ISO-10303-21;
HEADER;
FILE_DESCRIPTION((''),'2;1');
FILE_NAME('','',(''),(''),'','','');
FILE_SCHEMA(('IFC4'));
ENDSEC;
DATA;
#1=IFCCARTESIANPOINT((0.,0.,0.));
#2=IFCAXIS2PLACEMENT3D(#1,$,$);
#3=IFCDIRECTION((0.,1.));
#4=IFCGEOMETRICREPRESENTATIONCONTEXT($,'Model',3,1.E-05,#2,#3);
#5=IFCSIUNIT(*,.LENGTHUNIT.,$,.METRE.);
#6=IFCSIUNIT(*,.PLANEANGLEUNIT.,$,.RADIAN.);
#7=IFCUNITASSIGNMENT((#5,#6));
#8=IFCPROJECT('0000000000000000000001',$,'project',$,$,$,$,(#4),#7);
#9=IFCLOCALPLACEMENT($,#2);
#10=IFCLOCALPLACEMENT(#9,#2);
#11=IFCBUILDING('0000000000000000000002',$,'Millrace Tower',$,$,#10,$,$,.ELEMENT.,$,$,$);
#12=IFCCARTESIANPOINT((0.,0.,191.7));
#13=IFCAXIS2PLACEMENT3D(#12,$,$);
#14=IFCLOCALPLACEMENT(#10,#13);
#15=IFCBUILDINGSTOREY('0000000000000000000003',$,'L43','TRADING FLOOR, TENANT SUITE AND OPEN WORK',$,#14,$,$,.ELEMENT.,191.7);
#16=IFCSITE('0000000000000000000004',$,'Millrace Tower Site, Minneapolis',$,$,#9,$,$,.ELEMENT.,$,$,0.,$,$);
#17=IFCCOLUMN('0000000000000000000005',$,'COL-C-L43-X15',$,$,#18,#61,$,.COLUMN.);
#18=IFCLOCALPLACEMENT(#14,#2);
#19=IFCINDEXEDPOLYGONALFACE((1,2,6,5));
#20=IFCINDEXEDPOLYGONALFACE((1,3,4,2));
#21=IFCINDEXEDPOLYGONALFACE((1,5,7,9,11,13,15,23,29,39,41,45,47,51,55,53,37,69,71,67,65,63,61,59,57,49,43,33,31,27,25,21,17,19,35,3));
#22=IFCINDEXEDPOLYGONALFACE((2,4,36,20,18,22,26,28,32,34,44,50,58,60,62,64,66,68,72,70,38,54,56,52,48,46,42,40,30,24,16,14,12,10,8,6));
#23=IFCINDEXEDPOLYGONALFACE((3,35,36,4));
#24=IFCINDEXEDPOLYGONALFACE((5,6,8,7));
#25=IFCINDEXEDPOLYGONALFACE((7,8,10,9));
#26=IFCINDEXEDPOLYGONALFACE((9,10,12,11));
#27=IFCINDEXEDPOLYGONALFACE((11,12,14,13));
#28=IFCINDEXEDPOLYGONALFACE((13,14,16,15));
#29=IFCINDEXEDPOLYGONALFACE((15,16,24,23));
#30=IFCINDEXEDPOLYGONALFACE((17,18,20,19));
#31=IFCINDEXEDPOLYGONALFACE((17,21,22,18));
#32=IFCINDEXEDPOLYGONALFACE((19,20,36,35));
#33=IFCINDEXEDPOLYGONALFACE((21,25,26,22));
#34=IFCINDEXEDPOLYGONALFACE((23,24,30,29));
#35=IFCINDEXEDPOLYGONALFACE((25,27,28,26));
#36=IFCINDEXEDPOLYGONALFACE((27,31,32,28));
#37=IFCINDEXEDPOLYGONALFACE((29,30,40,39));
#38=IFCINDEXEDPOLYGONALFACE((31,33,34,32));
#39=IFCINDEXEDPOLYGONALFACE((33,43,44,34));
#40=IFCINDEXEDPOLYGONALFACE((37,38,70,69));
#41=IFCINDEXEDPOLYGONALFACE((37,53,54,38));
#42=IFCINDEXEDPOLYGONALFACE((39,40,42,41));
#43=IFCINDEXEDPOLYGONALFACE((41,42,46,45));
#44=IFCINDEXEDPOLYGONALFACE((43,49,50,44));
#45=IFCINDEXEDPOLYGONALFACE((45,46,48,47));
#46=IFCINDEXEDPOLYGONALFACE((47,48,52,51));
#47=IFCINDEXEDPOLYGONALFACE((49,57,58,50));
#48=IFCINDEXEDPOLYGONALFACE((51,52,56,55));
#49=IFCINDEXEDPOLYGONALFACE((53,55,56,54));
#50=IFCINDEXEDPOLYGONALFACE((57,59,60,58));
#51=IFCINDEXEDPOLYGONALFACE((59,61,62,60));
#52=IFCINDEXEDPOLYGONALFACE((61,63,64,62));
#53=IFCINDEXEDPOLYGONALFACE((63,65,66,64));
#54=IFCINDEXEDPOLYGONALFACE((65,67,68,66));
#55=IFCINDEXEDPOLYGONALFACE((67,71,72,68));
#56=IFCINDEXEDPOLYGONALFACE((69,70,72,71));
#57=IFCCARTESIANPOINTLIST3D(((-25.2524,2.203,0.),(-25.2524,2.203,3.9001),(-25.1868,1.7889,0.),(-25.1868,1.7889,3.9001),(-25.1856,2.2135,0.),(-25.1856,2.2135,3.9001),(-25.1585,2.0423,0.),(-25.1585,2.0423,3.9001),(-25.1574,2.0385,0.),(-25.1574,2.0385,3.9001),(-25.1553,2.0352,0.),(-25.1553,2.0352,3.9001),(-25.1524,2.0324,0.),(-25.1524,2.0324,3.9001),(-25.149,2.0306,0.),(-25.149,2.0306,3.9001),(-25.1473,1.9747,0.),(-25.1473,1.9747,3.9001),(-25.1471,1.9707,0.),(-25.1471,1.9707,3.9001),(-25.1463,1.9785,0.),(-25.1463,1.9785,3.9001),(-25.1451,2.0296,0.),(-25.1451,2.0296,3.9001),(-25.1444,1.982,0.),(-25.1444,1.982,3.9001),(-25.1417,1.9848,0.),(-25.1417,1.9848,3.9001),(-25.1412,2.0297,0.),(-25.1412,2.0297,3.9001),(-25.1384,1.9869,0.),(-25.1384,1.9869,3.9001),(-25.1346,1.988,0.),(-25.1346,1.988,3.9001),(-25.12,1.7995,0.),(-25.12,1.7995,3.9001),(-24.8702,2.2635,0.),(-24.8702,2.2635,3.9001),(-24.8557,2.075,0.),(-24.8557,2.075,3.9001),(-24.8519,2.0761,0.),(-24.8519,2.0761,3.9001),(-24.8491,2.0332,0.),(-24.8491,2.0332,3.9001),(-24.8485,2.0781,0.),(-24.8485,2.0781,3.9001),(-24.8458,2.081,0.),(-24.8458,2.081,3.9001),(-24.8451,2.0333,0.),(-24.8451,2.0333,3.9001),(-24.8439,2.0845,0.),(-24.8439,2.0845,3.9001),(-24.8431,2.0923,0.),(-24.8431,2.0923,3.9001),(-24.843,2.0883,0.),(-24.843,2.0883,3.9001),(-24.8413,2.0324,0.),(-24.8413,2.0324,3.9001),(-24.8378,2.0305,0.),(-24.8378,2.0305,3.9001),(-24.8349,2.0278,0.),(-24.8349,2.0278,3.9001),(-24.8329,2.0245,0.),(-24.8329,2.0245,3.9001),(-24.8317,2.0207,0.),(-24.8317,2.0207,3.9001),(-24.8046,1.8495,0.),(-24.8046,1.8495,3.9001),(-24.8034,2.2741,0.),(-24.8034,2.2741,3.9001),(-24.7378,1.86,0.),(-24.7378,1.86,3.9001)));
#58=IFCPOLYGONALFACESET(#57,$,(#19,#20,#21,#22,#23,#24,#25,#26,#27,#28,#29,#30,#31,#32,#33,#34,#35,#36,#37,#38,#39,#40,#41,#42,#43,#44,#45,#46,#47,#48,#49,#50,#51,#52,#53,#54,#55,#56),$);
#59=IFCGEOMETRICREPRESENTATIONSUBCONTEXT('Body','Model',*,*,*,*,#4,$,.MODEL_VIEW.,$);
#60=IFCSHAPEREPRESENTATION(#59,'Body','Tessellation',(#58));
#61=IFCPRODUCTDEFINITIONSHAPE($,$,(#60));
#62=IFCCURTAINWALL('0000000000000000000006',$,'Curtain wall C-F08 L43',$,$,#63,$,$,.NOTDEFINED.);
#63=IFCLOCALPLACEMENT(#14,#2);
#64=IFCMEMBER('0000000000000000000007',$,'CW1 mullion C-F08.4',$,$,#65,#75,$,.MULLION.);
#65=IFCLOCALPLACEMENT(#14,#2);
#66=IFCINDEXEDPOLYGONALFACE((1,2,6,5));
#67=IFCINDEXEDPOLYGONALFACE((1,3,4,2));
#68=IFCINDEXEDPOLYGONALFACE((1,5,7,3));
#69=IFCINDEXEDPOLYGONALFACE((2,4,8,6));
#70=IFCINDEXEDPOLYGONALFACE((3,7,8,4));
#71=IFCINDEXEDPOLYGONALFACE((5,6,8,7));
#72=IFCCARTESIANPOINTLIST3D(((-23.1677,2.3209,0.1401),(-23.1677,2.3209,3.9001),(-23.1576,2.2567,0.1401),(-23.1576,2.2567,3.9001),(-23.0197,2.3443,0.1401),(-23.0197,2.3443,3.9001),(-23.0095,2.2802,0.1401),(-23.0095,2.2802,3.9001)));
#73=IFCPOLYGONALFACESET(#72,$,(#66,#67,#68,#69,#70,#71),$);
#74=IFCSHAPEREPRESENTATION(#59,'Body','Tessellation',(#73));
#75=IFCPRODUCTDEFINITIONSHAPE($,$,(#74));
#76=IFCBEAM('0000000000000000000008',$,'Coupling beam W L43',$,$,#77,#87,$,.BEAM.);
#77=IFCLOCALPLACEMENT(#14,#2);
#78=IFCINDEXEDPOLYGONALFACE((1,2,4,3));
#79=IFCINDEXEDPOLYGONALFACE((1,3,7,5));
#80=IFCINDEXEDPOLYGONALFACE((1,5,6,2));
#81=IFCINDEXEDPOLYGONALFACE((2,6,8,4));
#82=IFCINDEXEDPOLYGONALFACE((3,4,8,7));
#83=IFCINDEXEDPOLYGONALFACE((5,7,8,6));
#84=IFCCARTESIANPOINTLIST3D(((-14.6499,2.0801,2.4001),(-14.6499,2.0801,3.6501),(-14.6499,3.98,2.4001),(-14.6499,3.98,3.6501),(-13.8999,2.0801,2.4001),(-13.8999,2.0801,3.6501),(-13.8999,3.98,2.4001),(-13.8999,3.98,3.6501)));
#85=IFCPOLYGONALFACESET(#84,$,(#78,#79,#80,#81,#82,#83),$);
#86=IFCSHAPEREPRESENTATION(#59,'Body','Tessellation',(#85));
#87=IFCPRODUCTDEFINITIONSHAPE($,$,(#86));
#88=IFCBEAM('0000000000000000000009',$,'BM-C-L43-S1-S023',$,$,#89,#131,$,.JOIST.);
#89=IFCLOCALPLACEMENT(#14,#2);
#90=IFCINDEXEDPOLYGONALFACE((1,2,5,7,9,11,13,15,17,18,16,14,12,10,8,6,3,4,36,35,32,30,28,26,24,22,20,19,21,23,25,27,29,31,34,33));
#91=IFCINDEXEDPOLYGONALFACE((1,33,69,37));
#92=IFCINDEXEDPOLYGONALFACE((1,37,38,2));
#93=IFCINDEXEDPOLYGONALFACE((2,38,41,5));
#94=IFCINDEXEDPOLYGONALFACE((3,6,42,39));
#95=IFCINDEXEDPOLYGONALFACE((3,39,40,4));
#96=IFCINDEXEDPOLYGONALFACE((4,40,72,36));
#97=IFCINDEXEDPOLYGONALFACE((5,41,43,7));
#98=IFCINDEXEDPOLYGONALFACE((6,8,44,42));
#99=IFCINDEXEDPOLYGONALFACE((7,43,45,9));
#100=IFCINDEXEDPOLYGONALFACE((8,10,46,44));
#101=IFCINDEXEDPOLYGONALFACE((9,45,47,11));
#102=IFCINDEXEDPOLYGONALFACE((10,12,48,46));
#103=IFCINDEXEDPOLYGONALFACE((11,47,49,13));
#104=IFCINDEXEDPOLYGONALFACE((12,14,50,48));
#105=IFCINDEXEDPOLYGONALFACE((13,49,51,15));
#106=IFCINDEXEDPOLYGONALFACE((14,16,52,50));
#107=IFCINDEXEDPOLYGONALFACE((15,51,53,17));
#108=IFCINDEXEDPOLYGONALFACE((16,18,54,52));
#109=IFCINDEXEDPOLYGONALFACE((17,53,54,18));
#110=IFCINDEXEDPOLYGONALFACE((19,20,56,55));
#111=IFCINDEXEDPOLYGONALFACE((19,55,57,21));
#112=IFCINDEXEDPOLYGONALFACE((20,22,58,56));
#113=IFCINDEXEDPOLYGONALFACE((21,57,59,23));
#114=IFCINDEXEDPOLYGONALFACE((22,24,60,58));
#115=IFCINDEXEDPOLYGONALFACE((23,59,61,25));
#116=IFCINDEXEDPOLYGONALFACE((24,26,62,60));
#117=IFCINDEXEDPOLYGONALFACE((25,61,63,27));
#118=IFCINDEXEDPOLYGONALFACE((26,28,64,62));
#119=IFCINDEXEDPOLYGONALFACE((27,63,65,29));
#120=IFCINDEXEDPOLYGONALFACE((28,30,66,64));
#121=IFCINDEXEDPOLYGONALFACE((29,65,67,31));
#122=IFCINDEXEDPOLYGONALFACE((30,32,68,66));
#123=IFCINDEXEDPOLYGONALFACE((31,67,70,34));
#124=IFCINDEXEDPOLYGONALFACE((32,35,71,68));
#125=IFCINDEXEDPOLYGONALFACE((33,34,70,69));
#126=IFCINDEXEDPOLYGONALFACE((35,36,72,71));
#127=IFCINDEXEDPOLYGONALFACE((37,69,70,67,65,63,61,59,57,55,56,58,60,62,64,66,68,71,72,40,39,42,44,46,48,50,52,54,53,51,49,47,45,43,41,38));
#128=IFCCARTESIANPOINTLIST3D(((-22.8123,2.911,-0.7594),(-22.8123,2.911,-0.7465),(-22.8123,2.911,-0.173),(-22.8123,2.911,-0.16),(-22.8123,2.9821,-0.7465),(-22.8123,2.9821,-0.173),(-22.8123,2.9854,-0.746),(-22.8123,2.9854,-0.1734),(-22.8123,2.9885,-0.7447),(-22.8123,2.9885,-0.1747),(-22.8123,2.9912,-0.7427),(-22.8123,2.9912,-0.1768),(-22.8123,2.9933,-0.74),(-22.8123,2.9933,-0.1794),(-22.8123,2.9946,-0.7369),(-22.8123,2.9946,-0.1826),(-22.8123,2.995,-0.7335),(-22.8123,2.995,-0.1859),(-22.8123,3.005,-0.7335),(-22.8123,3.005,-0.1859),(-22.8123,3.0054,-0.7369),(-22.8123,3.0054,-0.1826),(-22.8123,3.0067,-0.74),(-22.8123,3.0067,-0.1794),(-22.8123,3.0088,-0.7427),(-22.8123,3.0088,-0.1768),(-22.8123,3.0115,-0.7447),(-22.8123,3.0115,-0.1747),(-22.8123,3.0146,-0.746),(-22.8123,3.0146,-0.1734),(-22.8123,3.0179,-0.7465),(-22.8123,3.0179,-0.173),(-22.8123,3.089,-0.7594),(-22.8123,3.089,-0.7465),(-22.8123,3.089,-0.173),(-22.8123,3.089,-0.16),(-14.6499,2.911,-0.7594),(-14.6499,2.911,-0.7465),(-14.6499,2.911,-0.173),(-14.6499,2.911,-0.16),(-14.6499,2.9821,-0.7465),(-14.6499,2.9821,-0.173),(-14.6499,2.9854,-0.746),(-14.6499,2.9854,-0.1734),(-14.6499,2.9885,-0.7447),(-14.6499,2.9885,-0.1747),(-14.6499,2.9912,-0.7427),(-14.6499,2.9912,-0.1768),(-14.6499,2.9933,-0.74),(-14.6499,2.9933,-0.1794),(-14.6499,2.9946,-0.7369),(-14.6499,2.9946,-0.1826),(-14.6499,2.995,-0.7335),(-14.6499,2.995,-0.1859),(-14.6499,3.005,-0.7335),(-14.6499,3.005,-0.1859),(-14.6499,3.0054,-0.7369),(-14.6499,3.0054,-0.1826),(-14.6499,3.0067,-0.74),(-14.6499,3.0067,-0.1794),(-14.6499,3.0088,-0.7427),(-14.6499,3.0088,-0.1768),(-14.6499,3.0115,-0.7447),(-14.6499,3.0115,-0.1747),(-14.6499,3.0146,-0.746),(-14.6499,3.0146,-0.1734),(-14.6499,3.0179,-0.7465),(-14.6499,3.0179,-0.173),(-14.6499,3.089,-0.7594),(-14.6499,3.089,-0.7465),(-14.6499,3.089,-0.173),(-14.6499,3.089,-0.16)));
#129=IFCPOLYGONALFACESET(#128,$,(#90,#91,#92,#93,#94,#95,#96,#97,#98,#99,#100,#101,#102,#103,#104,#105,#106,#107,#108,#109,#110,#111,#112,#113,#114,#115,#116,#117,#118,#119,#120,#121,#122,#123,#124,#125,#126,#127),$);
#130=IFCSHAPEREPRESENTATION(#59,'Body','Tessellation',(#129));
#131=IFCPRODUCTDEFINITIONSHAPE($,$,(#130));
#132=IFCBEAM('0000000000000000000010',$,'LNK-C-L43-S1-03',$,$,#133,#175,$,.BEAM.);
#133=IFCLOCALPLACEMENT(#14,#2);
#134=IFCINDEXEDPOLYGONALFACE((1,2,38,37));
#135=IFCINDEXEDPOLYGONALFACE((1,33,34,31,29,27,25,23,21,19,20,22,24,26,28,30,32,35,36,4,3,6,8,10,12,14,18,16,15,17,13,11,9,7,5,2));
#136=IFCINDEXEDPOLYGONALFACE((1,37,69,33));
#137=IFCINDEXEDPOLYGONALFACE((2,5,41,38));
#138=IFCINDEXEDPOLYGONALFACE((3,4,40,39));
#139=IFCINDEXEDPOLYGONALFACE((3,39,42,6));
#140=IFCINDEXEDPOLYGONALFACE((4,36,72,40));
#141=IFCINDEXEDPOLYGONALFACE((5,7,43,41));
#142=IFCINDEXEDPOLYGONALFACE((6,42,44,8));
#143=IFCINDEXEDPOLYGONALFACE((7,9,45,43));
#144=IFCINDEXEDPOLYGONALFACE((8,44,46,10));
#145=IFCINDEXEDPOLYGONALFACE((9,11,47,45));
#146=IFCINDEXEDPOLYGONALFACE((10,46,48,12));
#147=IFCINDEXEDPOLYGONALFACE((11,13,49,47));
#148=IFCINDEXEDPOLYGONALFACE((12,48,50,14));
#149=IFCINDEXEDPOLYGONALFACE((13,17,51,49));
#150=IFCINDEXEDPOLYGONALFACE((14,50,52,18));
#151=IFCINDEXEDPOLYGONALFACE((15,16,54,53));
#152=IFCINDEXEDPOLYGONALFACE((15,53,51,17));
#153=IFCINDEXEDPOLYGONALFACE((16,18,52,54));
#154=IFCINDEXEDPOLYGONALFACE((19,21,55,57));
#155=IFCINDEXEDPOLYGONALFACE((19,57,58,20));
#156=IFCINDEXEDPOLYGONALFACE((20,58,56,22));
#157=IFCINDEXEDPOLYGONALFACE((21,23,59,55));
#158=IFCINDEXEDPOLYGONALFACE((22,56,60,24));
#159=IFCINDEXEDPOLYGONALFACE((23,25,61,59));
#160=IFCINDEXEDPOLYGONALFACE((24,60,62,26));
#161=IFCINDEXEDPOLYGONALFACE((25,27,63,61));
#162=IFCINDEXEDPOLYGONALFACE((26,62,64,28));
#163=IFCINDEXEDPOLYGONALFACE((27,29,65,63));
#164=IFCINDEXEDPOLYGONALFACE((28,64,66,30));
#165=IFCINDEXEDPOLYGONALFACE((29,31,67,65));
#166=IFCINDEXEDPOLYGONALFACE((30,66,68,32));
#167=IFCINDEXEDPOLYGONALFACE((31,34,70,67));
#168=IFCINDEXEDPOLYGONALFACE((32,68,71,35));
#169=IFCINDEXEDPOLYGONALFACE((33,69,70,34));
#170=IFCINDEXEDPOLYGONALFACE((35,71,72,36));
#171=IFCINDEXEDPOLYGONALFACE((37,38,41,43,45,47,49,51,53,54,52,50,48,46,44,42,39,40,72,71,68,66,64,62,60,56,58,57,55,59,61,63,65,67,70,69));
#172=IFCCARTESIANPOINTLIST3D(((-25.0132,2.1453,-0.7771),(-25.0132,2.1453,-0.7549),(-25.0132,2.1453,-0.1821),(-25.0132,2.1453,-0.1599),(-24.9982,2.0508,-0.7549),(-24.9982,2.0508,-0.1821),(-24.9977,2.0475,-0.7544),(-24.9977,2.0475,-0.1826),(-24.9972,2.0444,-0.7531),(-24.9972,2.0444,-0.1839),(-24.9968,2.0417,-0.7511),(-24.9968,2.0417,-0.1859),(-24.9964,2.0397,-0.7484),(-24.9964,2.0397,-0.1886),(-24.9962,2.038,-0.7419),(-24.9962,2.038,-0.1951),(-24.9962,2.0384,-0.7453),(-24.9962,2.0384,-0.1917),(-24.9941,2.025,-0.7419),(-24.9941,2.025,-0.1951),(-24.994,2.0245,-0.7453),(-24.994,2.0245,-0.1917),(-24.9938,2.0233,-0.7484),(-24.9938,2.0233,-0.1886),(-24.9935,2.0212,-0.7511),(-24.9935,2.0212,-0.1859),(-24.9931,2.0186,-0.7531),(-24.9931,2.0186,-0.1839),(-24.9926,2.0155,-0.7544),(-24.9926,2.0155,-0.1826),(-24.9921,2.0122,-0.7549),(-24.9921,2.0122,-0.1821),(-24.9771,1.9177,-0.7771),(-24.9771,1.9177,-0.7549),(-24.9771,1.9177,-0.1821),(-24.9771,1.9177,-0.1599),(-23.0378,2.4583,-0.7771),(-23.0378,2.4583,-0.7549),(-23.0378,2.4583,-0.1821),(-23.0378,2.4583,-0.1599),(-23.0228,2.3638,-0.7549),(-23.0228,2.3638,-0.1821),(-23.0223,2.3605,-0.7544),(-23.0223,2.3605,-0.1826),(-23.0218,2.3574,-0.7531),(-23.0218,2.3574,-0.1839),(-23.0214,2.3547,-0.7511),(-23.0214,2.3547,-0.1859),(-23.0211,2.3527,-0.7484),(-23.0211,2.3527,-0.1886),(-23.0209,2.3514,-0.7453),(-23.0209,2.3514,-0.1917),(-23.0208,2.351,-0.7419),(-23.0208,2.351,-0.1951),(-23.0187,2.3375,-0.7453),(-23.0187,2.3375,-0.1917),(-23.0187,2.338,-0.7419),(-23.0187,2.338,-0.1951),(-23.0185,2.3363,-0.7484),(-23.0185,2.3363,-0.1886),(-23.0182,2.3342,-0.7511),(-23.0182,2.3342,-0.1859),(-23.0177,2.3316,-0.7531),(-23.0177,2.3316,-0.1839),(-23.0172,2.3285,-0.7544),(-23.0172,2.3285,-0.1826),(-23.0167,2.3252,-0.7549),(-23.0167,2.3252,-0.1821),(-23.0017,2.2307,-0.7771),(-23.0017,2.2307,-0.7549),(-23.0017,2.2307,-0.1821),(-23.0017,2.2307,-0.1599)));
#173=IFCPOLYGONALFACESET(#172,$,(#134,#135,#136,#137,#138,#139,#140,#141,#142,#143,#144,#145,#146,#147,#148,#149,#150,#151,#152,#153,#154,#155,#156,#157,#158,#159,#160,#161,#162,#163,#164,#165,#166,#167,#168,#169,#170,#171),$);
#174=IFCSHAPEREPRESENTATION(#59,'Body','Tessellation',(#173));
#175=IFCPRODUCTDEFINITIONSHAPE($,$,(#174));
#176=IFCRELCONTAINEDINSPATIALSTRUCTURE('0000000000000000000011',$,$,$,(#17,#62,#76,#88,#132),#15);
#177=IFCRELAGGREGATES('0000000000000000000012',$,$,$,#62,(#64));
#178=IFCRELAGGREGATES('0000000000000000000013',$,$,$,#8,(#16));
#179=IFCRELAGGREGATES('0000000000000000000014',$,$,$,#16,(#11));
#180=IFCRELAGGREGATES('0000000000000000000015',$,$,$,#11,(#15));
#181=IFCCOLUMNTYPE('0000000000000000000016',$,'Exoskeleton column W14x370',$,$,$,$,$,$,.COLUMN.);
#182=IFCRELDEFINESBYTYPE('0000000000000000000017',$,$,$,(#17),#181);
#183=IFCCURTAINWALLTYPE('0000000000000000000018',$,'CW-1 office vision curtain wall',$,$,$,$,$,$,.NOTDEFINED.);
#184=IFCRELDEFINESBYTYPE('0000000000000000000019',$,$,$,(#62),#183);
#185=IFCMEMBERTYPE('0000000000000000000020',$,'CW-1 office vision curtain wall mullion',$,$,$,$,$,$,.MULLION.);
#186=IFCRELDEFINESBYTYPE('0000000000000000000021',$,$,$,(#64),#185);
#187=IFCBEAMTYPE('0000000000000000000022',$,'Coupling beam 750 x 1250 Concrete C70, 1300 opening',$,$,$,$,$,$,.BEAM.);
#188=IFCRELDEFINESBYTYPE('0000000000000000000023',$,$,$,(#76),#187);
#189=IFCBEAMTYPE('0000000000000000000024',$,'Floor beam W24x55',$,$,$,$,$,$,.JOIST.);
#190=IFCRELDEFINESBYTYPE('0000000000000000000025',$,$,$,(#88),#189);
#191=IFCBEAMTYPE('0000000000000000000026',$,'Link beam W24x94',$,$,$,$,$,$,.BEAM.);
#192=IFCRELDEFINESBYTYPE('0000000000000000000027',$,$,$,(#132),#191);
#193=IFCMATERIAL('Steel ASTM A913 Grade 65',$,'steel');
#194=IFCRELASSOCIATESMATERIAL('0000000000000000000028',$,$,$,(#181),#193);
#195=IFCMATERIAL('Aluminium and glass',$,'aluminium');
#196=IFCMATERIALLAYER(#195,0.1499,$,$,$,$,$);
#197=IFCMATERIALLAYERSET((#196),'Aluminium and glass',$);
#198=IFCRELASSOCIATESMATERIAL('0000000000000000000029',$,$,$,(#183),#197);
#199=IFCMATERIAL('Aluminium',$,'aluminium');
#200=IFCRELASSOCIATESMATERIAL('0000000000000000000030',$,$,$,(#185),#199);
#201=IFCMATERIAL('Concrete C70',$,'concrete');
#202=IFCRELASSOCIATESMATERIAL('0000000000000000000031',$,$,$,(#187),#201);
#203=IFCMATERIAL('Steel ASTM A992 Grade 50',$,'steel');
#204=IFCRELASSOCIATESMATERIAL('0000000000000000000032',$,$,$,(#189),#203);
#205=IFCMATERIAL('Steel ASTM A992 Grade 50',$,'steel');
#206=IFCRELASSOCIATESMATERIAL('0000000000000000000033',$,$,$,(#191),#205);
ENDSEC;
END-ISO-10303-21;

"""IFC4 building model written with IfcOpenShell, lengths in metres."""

from ifc_helpers import new_model, si_unit, direction, frame, origin, origin_2d, place, context, subcontext, project, spatial, rectangle, i_section, extrude, material, layer, layer_set, material_profile, profile_set, type_object, element, aggregate, save


model = new_model("IFC4")

# Units and contexts
model_context = context("Model", 3, precision=1e-05, world=origin(), true_north=direction((0.0, 1.0)))
body_context = subcontext(model_context, "Body", "Model", "MODEL_VIEW")
ifc_project = project(units=[si_unit("LENGTHUNIT", "METRE"), si_unit("PLANEANGLEUNIT", "RADIAN")], contexts=[model_context])

# Site, building, storey
site_placement = place(None, origin())
site = spatial("IfcSite", under=ifc_project, at=site_placement, Name="Millrace Tower Site, Minneapolis", CompositionType="ELEMENT", RefElevation=0.0)
building_placement = place(site_placement, origin())
building = spatial("IfcBuilding", under=site, at=building_placement, Name="Millrace Tower", CompositionType="ELEMENT")
storey_placement = place(building_placement, frame((0.0, 0.0, 191.7)))
storey = spatial("IfcBuildingStorey", under=building, at=storey_placement, Name="L43", Description="TRADING FLOOR, TENANT SUITE AND OPEN WORK", CompositionType="ELEMENT", Elevation=191.7)

# Column
ifc_material_1 = material(Name="Steel ASTM A913 Grade 65", Category="steel")
ifc_material_profile_1 = material_profile(ifc_material_1, i_section(OverallWidth=0.4192, OverallDepth=0.4546, WebThickness=0.0422, FlangeThickness=0.0676, FilletRadius=0.0151, at=origin_2d()))
ifc_profile_set_1 = profile_set([ifc_material_profile_1], Name="Steel ASTM A913 Grade 65")
column_type = type_object("IfcColumnType", Name="Exoskeleton column W14x370", PredefinedType="COLUMN", material=ifc_profile_set_1)
column_placement = place(storey_placement, frame((-24.9951, 2.0315, 0.0), z_axis=(0.0, 0.0, 1.0), x_axis=(0.156434, -0.987688, 0.0)))
element("IfcColumn", 1, at=column_placement, inside=storey, type_object=column_type, Name="COL-C-L43-X15", PredefinedType="COLUMN", context=body_context, shape_type="SweptSolid", body=[
    extrude(i_section(OverallWidth=0.4192, OverallDepth=0.4546, WebThickness=0.0422, FlangeThickness=0.0676, FilletRadius=0.0151, at=origin_2d()), origin(), (0.0, 0.0, 1.0), 3.9001),
])

# Curtain wall, member
ifc_material_2 = material(Name="Aluminium and glass", Category="aluminium")
ifc_layer_1 = layer(ifc_material_2, 0.1499)
ifc_layer_set_1 = layer_set([ifc_layer_1], Name="Aluminium and glass")
curtain_wall_type = type_object("IfcCurtainWallType", Name="CW-1 office vision curtain wall", PredefinedType="NOTDEFINED", material=ifc_layer_set_1)
curtain_wall_placement = place(storey_placement, origin())
curtain_wall = element("IfcCurtainWall", 2, at=curtain_wall_placement, inside=storey, type_object=curtain_wall_type, Name="Curtain wall C-F08 L43", PredefinedType="NOTDEFINED")
ifc_material_3 = material(Name="Aluminium", Category="aluminium")
ifc_material_profile_2 = material_profile(ifc_material_3, rectangle(XDim=0.0649, YDim=0.1499, at=origin_2d()))
ifc_profile_set_2 = profile_set([ifc_material_profile_2], Name="Aluminium")
member_type = type_object("IfcMemberType", Name="CW-1 office vision curtain wall mullion", PredefinedType="MULLION", material=ifc_profile_set_2)
member_placement = place(storey_placement, frame((-23.0886, 2.3005, 0.1401), z_axis=(0.0, 0.0, 1.0), x_axis=(0.156434, -0.987688, 0.0)))
member = element("IfcMember", 3, at=member_placement, type_object=member_type, Name="CW1 mullion C-F08.4", PredefinedType="MULLION", context=body_context, shape_type="SweptSolid", body=[
    extrude(rectangle(XDim=0.0649, YDim=0.1499, at=origin_2d()), origin(), (0.0, 0.0, 1.0), 3.76),
])
aggregate(curtain_wall, [member])

# Beams
ifc_material_4 = material(Name="Concrete C70", Category="concrete")
ifc_material_profile_3 = material_profile(ifc_material_4, rectangle(XDim=0.75, YDim=1.25, at=origin_2d()))
ifc_profile_set_3 = profile_set([ifc_material_profile_3], Name="Concrete C70")
beam_type_1 = type_object("IfcBeamType", Name="Coupling beam 750 x 1250 Concrete C70, 1300 opening", PredefinedType="BEAM", material=ifc_profile_set_3)
beam_1_placement = place(storey_placement, frame((-14.2749, 2.0801, 3.0251), z_axis=(0.0, 1.0, 0.0), x_axis=(-1.0, 0.0, 0.0)))
element("IfcBeam", 4, at=beam_1_placement, inside=storey, type_object=beam_type_1, Name="Coupling beam W L43", PredefinedType="BEAM", context=body_context, shape_type="SweptSolid", body=[
    extrude(rectangle(XDim=0.75, YDim=1.25, at=origin_2d()), origin(), (0.0, 0.0, 1.0), 1.8999),
])
ifc_material_5 = material(Name="Steel ASTM A992 Grade 50", Category="steel")
ifc_material_profile_4 = material_profile(ifc_material_5, i_section(OverallWidth=0.178, OverallDepth=0.5994, WebThickness=0.01, FlangeThickness=0.0129, FilletRadius=0.0129, at=origin_2d()))
ifc_profile_set_4 = profile_set([ifc_material_profile_4], Name="Steel ASTM A992 Grade 50")
beam_type_2 = type_object("IfcBeamType", Name="Floor beam W24x55", PredefinedType="JOIST", material=ifc_profile_set_4)
beam_2_placement = place(storey_placement, frame((-22.8123, 3.0, -0.4597), z_axis=(1.0, 0.0, 0.0), x_axis=(0.0, 1.0, 0.0)))
element("IfcBeam", 5, at=beam_2_placement, inside=storey, type_object=beam_type_2, Name="BM-C-L43-S1-S023", PredefinedType="JOIST", context=body_context, shape_type="SweptSolid", body=[
    extrude(i_section(OverallWidth=0.178, OverallDepth=0.5994, WebThickness=0.01, FlangeThickness=0.0129, FilletRadius=0.0129, at=origin_2d()), origin(), (0.0, 0.0, 1.0), 8.1624),
])
ifc_material_6 = material(Name="Steel ASTM A992 Grade 50", Category="steel")
ifc_material_profile_5 = material_profile(ifc_material_6, i_section(OverallWidth=0.2305, OverallDepth=0.6172, WebThickness=0.0132, FlangeThickness=0.0222, FilletRadius=0.0129, at=origin_2d()))
ifc_profile_set_5 = profile_set([ifc_material_profile_5], Name="Steel ASTM A992 Grade 50")
beam_type_3 = type_object("IfcBeamType", Name="Link beam W24x94", PredefinedType="BEAM", material=ifc_profile_set_5)
beam_3_placement = place(storey_placement, frame((-23.0198, 2.3445, -0.4685), z_axis=(-0.987679, -0.156495, 0.0), x_axis=(0.156495, -0.987679, 0.0)))
element("IfcBeam", 6, at=beam_3_placement, inside=storey, type_object=beam_type_3, Name="LNK-C-L43-S1-03", PredefinedType="BEAM", context=body_context, shape_type="SweptSolid", body=[
    extrude(i_section(OverallWidth=0.2305, OverallDepth=0.6172, WebThickness=0.0132, FlangeThickness=0.0222, FilletRadius=0.0129, at=origin_2d()), origin(), (0.0, 0.0, 1.0), 2.0),
])

save(model, "model.ifc")
